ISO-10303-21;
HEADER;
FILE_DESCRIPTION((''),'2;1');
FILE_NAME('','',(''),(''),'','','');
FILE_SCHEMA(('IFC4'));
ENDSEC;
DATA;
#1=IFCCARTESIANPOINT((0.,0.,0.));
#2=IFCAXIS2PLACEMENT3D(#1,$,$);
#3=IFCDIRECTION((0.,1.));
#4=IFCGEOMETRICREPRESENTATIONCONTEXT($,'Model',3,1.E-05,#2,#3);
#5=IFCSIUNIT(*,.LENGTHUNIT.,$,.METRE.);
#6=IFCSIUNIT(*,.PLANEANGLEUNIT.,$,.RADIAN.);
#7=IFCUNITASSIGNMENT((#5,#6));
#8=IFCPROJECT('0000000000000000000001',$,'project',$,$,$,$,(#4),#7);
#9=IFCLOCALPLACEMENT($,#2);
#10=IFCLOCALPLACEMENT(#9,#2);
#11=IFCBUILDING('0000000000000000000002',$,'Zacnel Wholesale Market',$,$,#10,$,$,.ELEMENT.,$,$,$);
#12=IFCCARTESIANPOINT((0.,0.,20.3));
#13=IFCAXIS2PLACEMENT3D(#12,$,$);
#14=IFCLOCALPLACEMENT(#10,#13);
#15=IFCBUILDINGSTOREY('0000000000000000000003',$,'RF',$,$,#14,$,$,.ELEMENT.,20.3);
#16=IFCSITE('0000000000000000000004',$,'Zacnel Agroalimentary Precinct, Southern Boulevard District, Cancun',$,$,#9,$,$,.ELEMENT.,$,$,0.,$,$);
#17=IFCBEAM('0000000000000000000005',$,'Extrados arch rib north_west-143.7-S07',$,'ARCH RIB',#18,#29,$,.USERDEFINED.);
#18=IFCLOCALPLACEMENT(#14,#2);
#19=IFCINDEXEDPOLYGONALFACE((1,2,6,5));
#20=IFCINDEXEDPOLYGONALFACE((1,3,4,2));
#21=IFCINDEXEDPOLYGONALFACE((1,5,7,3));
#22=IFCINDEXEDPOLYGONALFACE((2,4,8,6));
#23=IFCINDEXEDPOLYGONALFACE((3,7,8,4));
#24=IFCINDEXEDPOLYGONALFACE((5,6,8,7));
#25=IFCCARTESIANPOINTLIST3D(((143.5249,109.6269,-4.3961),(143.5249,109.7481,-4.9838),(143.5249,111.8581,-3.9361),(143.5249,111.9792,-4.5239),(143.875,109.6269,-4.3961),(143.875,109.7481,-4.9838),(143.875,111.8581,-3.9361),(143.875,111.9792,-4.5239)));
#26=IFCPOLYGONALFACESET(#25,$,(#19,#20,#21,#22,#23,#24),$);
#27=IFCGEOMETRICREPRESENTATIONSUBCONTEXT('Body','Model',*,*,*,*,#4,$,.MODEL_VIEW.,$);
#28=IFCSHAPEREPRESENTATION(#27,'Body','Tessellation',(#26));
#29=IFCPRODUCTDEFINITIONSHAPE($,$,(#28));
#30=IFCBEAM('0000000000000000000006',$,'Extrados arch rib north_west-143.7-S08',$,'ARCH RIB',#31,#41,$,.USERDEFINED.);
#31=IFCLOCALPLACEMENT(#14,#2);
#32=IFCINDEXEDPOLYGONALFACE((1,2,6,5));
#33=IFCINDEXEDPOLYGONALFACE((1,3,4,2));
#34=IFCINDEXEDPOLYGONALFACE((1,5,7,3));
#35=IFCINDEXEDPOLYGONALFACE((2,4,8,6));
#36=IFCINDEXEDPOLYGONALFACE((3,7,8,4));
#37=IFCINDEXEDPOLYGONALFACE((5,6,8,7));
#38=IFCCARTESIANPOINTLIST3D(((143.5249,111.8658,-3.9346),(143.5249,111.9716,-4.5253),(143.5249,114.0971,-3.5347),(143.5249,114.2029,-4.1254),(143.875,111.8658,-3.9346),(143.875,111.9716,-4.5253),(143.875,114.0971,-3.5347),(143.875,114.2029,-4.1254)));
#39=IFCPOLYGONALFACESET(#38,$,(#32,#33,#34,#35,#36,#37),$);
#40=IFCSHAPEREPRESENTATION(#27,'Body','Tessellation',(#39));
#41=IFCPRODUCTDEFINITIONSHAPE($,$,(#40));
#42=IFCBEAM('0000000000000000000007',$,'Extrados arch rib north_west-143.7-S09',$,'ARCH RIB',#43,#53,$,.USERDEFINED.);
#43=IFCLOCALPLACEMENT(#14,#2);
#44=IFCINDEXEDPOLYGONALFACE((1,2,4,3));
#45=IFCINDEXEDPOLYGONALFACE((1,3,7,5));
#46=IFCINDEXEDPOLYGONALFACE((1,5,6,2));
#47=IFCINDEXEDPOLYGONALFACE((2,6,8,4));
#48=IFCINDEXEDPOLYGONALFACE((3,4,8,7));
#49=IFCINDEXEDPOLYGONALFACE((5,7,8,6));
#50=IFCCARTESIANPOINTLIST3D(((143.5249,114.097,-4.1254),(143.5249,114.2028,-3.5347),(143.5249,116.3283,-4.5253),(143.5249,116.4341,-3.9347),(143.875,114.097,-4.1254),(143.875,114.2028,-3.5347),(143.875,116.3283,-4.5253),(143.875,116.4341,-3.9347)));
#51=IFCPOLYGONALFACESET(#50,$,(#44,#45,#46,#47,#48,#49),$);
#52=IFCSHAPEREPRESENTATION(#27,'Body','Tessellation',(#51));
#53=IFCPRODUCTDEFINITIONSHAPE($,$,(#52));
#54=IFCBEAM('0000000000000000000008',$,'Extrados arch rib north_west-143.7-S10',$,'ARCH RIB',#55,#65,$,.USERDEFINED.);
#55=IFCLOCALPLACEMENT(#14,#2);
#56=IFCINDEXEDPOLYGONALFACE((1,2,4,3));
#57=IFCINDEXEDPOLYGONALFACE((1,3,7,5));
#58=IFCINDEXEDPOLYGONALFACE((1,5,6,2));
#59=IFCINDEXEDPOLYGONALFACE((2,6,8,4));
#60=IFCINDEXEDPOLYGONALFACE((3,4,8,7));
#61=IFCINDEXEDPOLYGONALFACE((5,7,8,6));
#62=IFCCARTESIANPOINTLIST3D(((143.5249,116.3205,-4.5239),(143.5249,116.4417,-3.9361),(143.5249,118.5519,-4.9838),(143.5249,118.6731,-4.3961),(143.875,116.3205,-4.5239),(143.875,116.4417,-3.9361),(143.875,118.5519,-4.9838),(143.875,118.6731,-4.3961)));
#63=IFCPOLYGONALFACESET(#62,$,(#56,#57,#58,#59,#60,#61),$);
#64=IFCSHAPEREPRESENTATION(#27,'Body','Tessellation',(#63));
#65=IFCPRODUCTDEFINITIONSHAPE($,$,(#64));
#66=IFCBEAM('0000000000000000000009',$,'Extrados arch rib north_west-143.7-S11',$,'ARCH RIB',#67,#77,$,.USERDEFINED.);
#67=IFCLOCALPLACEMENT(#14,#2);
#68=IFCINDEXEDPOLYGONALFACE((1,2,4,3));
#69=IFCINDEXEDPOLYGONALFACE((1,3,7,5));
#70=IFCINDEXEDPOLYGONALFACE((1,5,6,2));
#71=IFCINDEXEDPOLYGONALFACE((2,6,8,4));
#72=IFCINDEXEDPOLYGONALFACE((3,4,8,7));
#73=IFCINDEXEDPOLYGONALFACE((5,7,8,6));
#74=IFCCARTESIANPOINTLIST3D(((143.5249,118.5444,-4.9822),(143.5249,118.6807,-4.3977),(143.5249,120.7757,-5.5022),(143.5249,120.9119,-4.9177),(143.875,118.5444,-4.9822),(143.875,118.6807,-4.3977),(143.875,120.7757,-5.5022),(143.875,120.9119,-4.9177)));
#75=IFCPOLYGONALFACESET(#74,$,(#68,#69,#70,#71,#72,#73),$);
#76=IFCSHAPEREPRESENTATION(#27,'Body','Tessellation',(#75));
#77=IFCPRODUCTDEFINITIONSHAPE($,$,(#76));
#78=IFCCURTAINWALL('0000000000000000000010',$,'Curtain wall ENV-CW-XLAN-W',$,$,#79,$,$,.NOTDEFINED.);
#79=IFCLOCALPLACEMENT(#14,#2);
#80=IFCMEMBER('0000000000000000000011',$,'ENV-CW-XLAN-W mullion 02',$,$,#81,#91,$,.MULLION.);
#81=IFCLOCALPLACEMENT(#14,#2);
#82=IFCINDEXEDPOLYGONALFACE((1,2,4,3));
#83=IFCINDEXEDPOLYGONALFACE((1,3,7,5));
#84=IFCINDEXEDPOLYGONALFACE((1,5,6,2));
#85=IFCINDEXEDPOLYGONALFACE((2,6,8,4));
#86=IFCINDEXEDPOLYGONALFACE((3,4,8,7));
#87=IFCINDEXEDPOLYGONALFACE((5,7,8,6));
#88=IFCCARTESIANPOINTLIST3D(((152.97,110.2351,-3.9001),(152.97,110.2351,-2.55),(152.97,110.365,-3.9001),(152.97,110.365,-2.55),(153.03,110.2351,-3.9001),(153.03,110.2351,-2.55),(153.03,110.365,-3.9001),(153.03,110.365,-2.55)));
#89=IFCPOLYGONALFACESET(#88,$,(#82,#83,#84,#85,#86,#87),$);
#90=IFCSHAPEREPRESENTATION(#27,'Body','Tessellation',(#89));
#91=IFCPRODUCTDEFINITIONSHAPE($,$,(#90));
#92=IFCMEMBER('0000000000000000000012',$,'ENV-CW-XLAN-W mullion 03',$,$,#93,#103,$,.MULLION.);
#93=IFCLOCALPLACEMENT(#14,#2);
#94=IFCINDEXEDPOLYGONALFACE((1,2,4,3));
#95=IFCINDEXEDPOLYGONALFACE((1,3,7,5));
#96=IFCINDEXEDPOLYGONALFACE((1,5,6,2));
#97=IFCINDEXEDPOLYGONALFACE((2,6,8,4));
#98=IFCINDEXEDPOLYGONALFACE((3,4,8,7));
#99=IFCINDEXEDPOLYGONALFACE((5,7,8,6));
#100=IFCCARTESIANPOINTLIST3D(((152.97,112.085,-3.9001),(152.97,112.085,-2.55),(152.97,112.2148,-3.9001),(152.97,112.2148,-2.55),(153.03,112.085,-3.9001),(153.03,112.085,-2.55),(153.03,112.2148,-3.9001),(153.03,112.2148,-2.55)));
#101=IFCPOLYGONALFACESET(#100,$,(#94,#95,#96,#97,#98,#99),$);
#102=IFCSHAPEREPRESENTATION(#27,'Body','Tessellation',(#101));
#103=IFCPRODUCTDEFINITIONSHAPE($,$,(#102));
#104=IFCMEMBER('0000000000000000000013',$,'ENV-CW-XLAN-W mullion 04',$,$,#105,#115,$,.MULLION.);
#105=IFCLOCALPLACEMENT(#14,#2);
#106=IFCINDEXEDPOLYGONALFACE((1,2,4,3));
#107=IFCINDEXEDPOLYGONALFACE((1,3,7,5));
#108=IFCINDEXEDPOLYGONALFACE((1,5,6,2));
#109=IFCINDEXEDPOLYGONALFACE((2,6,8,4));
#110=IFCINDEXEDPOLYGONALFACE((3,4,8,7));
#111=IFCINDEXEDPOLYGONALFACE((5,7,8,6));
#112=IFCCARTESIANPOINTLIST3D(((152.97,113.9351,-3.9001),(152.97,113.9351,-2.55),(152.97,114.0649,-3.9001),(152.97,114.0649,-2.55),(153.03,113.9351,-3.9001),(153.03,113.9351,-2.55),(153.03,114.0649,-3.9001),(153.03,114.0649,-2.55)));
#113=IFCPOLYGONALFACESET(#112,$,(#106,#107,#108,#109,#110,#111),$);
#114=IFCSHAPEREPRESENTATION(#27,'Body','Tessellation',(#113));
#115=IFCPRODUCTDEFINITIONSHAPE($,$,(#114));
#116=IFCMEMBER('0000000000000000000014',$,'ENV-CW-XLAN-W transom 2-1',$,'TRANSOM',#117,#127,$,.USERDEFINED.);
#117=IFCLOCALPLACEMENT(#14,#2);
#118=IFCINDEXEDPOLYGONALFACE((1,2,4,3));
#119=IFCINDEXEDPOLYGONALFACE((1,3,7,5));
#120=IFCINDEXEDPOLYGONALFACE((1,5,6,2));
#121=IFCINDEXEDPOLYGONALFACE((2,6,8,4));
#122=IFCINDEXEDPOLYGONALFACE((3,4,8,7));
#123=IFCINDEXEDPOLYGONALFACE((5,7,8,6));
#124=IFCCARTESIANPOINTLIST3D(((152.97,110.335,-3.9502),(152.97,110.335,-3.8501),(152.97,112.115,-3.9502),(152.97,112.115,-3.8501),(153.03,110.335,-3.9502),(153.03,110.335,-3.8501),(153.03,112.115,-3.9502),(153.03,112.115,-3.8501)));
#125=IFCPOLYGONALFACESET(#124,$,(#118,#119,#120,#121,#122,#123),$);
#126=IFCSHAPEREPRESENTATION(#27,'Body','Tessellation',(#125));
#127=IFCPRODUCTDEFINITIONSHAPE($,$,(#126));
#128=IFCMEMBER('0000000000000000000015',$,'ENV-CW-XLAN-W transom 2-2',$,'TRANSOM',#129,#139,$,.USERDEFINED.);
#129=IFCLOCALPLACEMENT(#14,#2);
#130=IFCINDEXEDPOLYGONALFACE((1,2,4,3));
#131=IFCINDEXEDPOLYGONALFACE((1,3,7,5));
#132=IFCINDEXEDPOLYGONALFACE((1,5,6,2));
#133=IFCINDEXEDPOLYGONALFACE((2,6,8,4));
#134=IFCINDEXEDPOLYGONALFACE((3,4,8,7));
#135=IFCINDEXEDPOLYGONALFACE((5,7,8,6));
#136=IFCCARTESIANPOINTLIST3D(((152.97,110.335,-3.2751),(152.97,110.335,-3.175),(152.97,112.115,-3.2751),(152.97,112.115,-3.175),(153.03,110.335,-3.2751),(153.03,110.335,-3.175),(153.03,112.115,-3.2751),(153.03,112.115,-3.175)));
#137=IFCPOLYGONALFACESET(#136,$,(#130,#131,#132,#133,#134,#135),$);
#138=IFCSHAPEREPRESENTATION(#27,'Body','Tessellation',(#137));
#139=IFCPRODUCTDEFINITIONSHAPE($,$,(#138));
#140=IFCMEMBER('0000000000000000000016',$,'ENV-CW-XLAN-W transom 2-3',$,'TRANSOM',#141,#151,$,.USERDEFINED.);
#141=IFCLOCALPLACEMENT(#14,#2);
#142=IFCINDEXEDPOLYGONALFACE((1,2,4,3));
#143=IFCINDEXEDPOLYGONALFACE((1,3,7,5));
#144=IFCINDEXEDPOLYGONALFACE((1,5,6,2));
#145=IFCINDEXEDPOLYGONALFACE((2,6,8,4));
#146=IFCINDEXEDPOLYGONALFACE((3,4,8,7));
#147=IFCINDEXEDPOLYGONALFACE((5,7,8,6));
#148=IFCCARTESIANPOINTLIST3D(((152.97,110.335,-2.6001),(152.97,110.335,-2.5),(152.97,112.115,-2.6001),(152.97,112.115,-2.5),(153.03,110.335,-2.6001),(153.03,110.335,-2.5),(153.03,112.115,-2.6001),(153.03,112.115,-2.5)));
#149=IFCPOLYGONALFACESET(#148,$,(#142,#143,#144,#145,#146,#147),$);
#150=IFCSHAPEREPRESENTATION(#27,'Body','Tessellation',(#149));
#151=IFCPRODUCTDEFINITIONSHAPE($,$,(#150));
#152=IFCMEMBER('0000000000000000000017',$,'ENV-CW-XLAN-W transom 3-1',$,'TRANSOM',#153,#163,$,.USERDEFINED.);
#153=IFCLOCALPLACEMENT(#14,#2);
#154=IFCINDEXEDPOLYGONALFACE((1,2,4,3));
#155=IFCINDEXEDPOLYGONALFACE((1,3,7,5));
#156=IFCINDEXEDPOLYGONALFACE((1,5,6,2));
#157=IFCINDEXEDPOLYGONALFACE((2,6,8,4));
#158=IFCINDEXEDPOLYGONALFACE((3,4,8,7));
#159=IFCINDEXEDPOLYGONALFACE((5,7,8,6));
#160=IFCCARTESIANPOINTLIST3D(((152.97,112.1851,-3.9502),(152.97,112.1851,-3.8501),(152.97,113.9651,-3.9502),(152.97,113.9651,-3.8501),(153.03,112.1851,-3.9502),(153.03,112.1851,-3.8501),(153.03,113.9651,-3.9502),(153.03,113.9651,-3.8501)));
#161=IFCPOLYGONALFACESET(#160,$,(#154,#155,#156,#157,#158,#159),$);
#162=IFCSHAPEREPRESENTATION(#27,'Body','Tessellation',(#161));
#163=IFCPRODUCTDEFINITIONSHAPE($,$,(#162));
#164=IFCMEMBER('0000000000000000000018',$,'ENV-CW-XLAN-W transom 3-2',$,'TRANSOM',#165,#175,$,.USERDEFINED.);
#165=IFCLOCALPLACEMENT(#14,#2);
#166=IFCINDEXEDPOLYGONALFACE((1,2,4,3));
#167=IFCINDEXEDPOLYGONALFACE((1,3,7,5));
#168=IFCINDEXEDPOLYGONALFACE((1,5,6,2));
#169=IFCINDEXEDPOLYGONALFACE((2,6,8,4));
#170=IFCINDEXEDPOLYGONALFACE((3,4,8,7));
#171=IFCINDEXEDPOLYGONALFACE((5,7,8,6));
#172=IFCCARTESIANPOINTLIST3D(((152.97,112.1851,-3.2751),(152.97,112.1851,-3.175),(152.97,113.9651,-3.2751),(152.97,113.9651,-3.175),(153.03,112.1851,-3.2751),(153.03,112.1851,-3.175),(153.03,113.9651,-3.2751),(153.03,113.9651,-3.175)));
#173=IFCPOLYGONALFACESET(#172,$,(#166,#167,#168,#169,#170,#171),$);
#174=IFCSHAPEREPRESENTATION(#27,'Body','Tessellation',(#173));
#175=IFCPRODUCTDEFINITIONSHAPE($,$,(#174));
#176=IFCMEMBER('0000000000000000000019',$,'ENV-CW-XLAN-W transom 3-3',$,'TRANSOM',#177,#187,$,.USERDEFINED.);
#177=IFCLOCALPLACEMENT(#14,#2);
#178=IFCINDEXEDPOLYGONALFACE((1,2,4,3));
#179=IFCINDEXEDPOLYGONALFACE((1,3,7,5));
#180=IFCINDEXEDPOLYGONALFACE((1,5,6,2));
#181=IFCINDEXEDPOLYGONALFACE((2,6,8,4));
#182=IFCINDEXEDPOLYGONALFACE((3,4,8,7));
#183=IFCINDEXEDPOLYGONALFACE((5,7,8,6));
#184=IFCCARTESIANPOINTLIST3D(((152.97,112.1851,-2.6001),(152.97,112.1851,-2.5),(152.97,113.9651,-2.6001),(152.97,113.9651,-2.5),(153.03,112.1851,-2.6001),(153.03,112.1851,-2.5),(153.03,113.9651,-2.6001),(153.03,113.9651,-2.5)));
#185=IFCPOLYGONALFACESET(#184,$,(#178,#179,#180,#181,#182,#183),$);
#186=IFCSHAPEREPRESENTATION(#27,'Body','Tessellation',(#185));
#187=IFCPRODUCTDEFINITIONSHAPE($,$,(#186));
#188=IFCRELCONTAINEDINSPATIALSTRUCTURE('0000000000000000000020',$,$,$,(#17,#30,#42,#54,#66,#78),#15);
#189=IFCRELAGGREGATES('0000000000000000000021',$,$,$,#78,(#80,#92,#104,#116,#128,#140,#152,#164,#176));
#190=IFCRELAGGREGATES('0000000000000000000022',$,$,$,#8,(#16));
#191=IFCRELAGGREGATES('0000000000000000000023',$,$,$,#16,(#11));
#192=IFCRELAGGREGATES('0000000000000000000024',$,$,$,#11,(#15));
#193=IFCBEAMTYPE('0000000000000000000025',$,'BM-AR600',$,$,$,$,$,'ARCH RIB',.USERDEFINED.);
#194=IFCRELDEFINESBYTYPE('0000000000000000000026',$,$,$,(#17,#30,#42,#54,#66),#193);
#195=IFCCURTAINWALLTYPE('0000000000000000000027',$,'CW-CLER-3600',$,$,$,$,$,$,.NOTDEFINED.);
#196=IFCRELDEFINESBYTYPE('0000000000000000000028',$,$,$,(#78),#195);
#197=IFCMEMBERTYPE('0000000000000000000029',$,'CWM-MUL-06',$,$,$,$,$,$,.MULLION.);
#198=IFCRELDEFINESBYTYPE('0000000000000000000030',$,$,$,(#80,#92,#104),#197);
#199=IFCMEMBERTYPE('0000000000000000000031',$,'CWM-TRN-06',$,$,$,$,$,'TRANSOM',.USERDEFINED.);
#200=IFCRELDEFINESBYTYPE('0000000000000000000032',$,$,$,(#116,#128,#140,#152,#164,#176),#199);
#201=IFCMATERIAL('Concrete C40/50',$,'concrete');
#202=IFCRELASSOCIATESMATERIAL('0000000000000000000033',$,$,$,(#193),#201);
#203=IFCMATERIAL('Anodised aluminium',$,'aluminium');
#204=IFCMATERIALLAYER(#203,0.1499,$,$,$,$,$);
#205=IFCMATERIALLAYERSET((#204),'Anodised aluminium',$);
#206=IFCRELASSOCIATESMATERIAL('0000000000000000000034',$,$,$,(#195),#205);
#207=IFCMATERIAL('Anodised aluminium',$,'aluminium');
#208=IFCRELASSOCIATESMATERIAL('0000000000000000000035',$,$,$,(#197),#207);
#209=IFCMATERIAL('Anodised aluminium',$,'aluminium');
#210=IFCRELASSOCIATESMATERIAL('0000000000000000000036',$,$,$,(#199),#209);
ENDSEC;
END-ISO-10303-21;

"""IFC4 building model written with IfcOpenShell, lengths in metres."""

from ifc_helpers import new_model, si_unit, direction, frame, origin, origin_2d, place, context, subcontext, project, spatial, rectangle, extrude, material, layer, layer_set, material_profile, profile_set, type_object, element, aggregate, save


model = new_model("IFC4")

# Units and contexts
model_context = context("Model", 3, precision=1e-05, world=origin(), true_north=direction((0.0, 1.0)))
body_context = subcontext(model_context, "Body", "Model", "MODEL_VIEW")
ifc_project = project(units=[si_unit("LENGTHUNIT", "METRE"), si_unit("PLANEANGLEUNIT", "RADIAN")], contexts=[model_context])

# Site, building, storey
site_placement = place(None, origin())
site = spatial("IfcSite", under=ifc_project, at=site_placement, Name="Zacnel Agroalimentary Precinct, Southern Boulevard District, Cancun", CompositionType="ELEMENT", RefElevation=0.0)
building_placement = place(site_placement, origin())
building = spatial("IfcBuilding", under=site, at=building_placement, Name="Zacnel Wholesale Market", CompositionType="ELEMENT")
storey_placement = place(building_placement, frame((0.0, 0.0, 20.3)))
storey = spatial("IfcBuildingStorey", under=building, at=storey_placement, Name="RF", CompositionType="ELEMENT", Elevation=20.3)

# Beams
ifc_material_1 = material(Name="Concrete C40/50", Category="concrete")
ifc_material_profile_1 = material_profile(ifc_material_1, rectangle(XDim=0.3501, YDim=0.6001, at=origin_2d()), Name="ARCH RIB 350x600")
ifc_profile_set_1 = profile_set([ifc_material_profile_1], Name="Concrete C40/50")
beam_type = type_object("IfcBeamType", Name="BM-AR600", ElementType="ARCH RIB", PredefinedType="USERDEFINED", material=ifc_profile_set_1)
beam_1_placement = place(storey_placement, frame((143.7, 109.6875, -4.6899), z_axis=(0.0, 0.979405, 0.201904), x_axis=(-1.0, 0.0, 0.0)))
element("IfcBeam", 1, at=beam_1_placement, inside=storey, type_object=beam_type, Name="Extrados arch rib north_west-143.7-S07", ObjectType="ARCH RIB", PredefinedType="USERDEFINED", context=body_context, shape_type="SweptSolid", body=[
    extrude(rectangle(XDim=0.3501, YDim=0.6001, at=origin_2d()), origin(), (0.0, 0.0, 1.0), 2.2781),
])
for number, where, z_axis, x_axis, name in (
    (2, (143.7, 111.9187, -4.23), (0.0, 0.984315, 0.176421), (-1.0, 0.0, 0.0), "Extrados arch rib north_west-143.7-S08"),
    (3, (143.7, 114.1499, -3.8301), (0.0, 0.984315, -0.176421), (-1.0, 0.0, 0.0), "Extrados arch rib north_west-143.7-S09"),
):
    element("IfcBeam", number, at=place(storey_placement, frame(where, z_axis=z_axis, x_axis=x_axis)), inside=storey, type_object=beam_type, Name=name, ObjectType="ARCH RIB", PredefinedType="USERDEFINED", context=body_context, shape_type="SweptSolid", body=[
        extrude(rectangle(XDim=0.3501, YDim=0.6001, at=origin_2d()), origin(), (0.0, 0.0, 1.0), 2.2668),
    ])
beam_2_placement = place(storey_placement, frame((143.7, 116.3811, -4.23), z_axis=(0.0, 0.97941, -0.201883), x_axis=(-1.0, 0.0, 0.0)))
element("IfcBeam", 4, at=beam_2_placement, inside=storey, type_object=beam_type, Name="Extrados arch rib north_west-143.7-S10", ObjectType="ARCH RIB", PredefinedType="USERDEFINED", context=body_context, shape_type="SweptSolid", body=[
    extrude(rectangle(XDim=0.3501, YDim=0.6001, at=origin_2d()), origin(), (0.0, 0.0, 1.0), 2.2783),
])
beam_3_placement = place(storey_placement, frame((143.7, 118.6125, -4.6899), z_axis=(0.0, 0.973899, -0.226984), x_axis=(-1.0, 0.0, 0.0)))
element("IfcBeam", 5, at=beam_3_placement, inside=storey, type_object=beam_type, Name="Extrados arch rib north_west-143.7-S11", ObjectType="ARCH RIB", PredefinedType="USERDEFINED", context=body_context, shape_type="SweptSolid", body=[
    extrude(rectangle(XDim=0.3501, YDim=0.6001, at=origin_2d()), origin(), (0.0, 0.0, 1.0), 2.291),
])

# Curtain wall, members
ifc_material_2 = material(Name="Anodised aluminium", Category="aluminium")
ifc_layer_1 = layer(ifc_material_2, 0.1499)
ifc_layer_set_1 = layer_set([ifc_layer_1], Name="Anodised aluminium")
curtain_wall_type = type_object("IfcCurtainWallType", Name="CW-CLER-3600", PredefinedType="NOTDEFINED", material=ifc_layer_set_1)
curtain_wall_placement = place(storey_placement, origin())
curtain_wall = element("IfcCurtainWall", 6, at=curtain_wall_placement, inside=storey, type_object=curtain_wall_type, Name="Curtain wall ENV-CW-XLAN-W", PredefinedType="NOTDEFINED")
ifc_material_3 = material(Name="Anodised aluminium", Category="aluminium")
ifc_material_profile_2 = material_profile(ifc_material_3, rectangle(XDim=0.0601, YDim=0.1299, at=origin_2d()), Name="AW-MULLION 60x130")
ifc_profile_set_2 = profile_set([ifc_material_profile_2], Name="Anodised aluminium")
member_type_1 = type_object("IfcMemberType", Name="CWM-MUL-06", PredefinedType="MULLION", material=ifc_profile_set_2)
member_1_placement = place(storey_placement, frame((153.0, 110.3, -3.9001), z_axis=(0.0, 0.0, 1.0), x_axis=(1.0, 0.0, 0.0)))
member_1 = element("IfcMember", 7, at=member_1_placement, type_object=member_type_1, Name="ENV-CW-XLAN-W mullion 02", PredefinedType="MULLION", context=body_context, shape_type="SweptSolid", body=[
    extrude(rectangle(XDim=0.0601, YDim=0.1299, at=origin_2d()), origin(), (0.0, 0.0, 1.0), 1.3501),
])
member_2_placement = place(storey_placement, frame((153.0, 112.1499, -3.9001), z_axis=(0.0, 0.0, 1.0), x_axis=(1.0, 0.0, 0.0)))
member_2 = element("IfcMember", 8, at=member_2_placement, type_object=member_type_1, Name="ENV-CW-XLAN-W mullion 03", PredefinedType="MULLION", context=body_context, shape_type="SweptSolid", body=[
    extrude(rectangle(XDim=0.0601, YDim=0.1299, at=origin_2d()), origin(), (0.0, 0.0, 1.0), 1.3501),
])
member_3_placement = place(storey_placement, frame((153.0, 114.0, -3.9001), z_axis=(0.0, 0.0, 1.0), x_axis=(1.0, 0.0, 0.0)))
member_3 = element("IfcMember", 9, at=member_3_placement, type_object=member_type_1, Name="ENV-CW-XLAN-W mullion 04", PredefinedType="MULLION", context=body_context, shape_type="SweptSolid", body=[
    extrude(rectangle(XDim=0.0601, YDim=0.1299, at=origin_2d()), origin(), (0.0, 0.0, 1.0), 1.3501),
])
ifc_material_4 = material(Name="Anodised aluminium", Category="aluminium")
ifc_material_profile_3 = material_profile(ifc_material_4, rectangle(XDim=0.0601, YDim=0.1001, at=origin_2d()), Name="AW-TRANSOM 60x100")
ifc_profile_set_3 = profile_set([ifc_material_profile_3], Name="Anodised aluminium")
member_type_2 = type_object("IfcMemberType", Name="CWM-TRN-06", ElementType="TRANSOM", PredefinedType="USERDEFINED", material=ifc_profile_set_3)
member_4_placement = place(storey_placement, frame((153.0, 110.335, -3.9001), z_axis=(0.0, 1.0, 0.0), x_axis=(-1.0, 0.0, 0.0)))
member_4 = element("IfcMember", 10, at=member_4_placement, type_object=member_type_2, Name="ENV-CW-XLAN-W transom 2-1", ObjectType="TRANSOM", PredefinedType="USERDEFINED", context=body_context, shape_type="SweptSolid", body=[
    extrude(rectangle(XDim=0.0601, YDim=0.1001, at=origin_2d()), origin(), (0.0, 0.0, 1.0), 1.78),
])
member_5_placement = place(storey_placement, frame((153.0, 110.335, -3.2251), z_axis=(0.0, 1.0, 0.0), x_axis=(-1.0, 0.0, 0.0)))
member_5 = element("IfcMember", 11, at=member_5_placement, type_object=member_type_2, Name="ENV-CW-XLAN-W transom 2-2", ObjectType="TRANSOM", PredefinedType="USERDEFINED", context=body_context, shape_type="SweptSolid", body=[
    extrude(rectangle(XDim=0.0601, YDim=0.1001, at=origin_2d()), origin(), (0.0, 0.0, 1.0), 1.78),
])
member_6_placement = place(storey_placement, frame((153.0, 110.335, -2.55), z_axis=(0.0, 1.0, 0.0), x_axis=(-1.0, 0.0, 0.0)))
member_6 = element("IfcMember", 12, at=member_6_placement, type_object=member_type_2, Name="ENV-CW-XLAN-W transom 2-3", ObjectType="TRANSOM", PredefinedType="USERDEFINED", context=body_context, shape_type="SweptSolid", body=[
    extrude(rectangle(XDim=0.0601, YDim=0.1001, at=origin_2d()), origin(), (0.0, 0.0, 1.0), 1.78),
])
member_7_placement = place(storey_placement, frame((153.0, 112.1851, -3.9001), z_axis=(0.0, 1.0, 0.0), x_axis=(-1.0, 0.0, 0.0)))
member_7 = element("IfcMember", 13, at=member_7_placement, type_object=member_type_2, Name="ENV-CW-XLAN-W transom 3-1", ObjectType="TRANSOM", PredefinedType="USERDEFINED", context=body_context, shape_type="SweptSolid", body=[
    extrude(rectangle(XDim=0.0601, YDim=0.1001, at=origin_2d()), origin(), (0.0, 0.0, 1.0), 1.78),
])
member_8_placement = place(storey_placement, frame((153.0, 112.1851, -3.2251), z_axis=(0.0, 1.0, 0.0), x_axis=(-1.0, 0.0, 0.0)))
member_8 = element("IfcMember", 14, at=member_8_placement, type_object=member_type_2, Name="ENV-CW-XLAN-W transom 3-2", ObjectType="TRANSOM", PredefinedType="USERDEFINED", context=body_context, shape_type="SweptSolid", body=[
    extrude(rectangle(XDim=0.0601, YDim=0.1001, at=origin_2d()), origin(), (0.0, 0.0, 1.0), 1.78),
])
member_9_placement = place(storey_placement, frame((153.0, 112.1851, -2.55), z_axis=(0.0, 1.0, 0.0), x_axis=(-1.0, 0.0, 0.0)))
member_9 = element("IfcMember", 15, at=member_9_placement, type_object=member_type_2, Name="ENV-CW-XLAN-W transom 3-3", ObjectType="TRANSOM", PredefinedType="USERDEFINED", context=body_context, shape_type="SweptSolid", body=[
    extrude(rectangle(XDim=0.0601, YDim=0.1001, at=origin_2d()), origin(), (0.0, 0.0, 1.0), 1.78),
])
aggregate(curtain_wall, [member_1, member_2, member_3, member_4, member_5, member_6, member_7, member_8, member_9])

save(model, "model.ifc")
